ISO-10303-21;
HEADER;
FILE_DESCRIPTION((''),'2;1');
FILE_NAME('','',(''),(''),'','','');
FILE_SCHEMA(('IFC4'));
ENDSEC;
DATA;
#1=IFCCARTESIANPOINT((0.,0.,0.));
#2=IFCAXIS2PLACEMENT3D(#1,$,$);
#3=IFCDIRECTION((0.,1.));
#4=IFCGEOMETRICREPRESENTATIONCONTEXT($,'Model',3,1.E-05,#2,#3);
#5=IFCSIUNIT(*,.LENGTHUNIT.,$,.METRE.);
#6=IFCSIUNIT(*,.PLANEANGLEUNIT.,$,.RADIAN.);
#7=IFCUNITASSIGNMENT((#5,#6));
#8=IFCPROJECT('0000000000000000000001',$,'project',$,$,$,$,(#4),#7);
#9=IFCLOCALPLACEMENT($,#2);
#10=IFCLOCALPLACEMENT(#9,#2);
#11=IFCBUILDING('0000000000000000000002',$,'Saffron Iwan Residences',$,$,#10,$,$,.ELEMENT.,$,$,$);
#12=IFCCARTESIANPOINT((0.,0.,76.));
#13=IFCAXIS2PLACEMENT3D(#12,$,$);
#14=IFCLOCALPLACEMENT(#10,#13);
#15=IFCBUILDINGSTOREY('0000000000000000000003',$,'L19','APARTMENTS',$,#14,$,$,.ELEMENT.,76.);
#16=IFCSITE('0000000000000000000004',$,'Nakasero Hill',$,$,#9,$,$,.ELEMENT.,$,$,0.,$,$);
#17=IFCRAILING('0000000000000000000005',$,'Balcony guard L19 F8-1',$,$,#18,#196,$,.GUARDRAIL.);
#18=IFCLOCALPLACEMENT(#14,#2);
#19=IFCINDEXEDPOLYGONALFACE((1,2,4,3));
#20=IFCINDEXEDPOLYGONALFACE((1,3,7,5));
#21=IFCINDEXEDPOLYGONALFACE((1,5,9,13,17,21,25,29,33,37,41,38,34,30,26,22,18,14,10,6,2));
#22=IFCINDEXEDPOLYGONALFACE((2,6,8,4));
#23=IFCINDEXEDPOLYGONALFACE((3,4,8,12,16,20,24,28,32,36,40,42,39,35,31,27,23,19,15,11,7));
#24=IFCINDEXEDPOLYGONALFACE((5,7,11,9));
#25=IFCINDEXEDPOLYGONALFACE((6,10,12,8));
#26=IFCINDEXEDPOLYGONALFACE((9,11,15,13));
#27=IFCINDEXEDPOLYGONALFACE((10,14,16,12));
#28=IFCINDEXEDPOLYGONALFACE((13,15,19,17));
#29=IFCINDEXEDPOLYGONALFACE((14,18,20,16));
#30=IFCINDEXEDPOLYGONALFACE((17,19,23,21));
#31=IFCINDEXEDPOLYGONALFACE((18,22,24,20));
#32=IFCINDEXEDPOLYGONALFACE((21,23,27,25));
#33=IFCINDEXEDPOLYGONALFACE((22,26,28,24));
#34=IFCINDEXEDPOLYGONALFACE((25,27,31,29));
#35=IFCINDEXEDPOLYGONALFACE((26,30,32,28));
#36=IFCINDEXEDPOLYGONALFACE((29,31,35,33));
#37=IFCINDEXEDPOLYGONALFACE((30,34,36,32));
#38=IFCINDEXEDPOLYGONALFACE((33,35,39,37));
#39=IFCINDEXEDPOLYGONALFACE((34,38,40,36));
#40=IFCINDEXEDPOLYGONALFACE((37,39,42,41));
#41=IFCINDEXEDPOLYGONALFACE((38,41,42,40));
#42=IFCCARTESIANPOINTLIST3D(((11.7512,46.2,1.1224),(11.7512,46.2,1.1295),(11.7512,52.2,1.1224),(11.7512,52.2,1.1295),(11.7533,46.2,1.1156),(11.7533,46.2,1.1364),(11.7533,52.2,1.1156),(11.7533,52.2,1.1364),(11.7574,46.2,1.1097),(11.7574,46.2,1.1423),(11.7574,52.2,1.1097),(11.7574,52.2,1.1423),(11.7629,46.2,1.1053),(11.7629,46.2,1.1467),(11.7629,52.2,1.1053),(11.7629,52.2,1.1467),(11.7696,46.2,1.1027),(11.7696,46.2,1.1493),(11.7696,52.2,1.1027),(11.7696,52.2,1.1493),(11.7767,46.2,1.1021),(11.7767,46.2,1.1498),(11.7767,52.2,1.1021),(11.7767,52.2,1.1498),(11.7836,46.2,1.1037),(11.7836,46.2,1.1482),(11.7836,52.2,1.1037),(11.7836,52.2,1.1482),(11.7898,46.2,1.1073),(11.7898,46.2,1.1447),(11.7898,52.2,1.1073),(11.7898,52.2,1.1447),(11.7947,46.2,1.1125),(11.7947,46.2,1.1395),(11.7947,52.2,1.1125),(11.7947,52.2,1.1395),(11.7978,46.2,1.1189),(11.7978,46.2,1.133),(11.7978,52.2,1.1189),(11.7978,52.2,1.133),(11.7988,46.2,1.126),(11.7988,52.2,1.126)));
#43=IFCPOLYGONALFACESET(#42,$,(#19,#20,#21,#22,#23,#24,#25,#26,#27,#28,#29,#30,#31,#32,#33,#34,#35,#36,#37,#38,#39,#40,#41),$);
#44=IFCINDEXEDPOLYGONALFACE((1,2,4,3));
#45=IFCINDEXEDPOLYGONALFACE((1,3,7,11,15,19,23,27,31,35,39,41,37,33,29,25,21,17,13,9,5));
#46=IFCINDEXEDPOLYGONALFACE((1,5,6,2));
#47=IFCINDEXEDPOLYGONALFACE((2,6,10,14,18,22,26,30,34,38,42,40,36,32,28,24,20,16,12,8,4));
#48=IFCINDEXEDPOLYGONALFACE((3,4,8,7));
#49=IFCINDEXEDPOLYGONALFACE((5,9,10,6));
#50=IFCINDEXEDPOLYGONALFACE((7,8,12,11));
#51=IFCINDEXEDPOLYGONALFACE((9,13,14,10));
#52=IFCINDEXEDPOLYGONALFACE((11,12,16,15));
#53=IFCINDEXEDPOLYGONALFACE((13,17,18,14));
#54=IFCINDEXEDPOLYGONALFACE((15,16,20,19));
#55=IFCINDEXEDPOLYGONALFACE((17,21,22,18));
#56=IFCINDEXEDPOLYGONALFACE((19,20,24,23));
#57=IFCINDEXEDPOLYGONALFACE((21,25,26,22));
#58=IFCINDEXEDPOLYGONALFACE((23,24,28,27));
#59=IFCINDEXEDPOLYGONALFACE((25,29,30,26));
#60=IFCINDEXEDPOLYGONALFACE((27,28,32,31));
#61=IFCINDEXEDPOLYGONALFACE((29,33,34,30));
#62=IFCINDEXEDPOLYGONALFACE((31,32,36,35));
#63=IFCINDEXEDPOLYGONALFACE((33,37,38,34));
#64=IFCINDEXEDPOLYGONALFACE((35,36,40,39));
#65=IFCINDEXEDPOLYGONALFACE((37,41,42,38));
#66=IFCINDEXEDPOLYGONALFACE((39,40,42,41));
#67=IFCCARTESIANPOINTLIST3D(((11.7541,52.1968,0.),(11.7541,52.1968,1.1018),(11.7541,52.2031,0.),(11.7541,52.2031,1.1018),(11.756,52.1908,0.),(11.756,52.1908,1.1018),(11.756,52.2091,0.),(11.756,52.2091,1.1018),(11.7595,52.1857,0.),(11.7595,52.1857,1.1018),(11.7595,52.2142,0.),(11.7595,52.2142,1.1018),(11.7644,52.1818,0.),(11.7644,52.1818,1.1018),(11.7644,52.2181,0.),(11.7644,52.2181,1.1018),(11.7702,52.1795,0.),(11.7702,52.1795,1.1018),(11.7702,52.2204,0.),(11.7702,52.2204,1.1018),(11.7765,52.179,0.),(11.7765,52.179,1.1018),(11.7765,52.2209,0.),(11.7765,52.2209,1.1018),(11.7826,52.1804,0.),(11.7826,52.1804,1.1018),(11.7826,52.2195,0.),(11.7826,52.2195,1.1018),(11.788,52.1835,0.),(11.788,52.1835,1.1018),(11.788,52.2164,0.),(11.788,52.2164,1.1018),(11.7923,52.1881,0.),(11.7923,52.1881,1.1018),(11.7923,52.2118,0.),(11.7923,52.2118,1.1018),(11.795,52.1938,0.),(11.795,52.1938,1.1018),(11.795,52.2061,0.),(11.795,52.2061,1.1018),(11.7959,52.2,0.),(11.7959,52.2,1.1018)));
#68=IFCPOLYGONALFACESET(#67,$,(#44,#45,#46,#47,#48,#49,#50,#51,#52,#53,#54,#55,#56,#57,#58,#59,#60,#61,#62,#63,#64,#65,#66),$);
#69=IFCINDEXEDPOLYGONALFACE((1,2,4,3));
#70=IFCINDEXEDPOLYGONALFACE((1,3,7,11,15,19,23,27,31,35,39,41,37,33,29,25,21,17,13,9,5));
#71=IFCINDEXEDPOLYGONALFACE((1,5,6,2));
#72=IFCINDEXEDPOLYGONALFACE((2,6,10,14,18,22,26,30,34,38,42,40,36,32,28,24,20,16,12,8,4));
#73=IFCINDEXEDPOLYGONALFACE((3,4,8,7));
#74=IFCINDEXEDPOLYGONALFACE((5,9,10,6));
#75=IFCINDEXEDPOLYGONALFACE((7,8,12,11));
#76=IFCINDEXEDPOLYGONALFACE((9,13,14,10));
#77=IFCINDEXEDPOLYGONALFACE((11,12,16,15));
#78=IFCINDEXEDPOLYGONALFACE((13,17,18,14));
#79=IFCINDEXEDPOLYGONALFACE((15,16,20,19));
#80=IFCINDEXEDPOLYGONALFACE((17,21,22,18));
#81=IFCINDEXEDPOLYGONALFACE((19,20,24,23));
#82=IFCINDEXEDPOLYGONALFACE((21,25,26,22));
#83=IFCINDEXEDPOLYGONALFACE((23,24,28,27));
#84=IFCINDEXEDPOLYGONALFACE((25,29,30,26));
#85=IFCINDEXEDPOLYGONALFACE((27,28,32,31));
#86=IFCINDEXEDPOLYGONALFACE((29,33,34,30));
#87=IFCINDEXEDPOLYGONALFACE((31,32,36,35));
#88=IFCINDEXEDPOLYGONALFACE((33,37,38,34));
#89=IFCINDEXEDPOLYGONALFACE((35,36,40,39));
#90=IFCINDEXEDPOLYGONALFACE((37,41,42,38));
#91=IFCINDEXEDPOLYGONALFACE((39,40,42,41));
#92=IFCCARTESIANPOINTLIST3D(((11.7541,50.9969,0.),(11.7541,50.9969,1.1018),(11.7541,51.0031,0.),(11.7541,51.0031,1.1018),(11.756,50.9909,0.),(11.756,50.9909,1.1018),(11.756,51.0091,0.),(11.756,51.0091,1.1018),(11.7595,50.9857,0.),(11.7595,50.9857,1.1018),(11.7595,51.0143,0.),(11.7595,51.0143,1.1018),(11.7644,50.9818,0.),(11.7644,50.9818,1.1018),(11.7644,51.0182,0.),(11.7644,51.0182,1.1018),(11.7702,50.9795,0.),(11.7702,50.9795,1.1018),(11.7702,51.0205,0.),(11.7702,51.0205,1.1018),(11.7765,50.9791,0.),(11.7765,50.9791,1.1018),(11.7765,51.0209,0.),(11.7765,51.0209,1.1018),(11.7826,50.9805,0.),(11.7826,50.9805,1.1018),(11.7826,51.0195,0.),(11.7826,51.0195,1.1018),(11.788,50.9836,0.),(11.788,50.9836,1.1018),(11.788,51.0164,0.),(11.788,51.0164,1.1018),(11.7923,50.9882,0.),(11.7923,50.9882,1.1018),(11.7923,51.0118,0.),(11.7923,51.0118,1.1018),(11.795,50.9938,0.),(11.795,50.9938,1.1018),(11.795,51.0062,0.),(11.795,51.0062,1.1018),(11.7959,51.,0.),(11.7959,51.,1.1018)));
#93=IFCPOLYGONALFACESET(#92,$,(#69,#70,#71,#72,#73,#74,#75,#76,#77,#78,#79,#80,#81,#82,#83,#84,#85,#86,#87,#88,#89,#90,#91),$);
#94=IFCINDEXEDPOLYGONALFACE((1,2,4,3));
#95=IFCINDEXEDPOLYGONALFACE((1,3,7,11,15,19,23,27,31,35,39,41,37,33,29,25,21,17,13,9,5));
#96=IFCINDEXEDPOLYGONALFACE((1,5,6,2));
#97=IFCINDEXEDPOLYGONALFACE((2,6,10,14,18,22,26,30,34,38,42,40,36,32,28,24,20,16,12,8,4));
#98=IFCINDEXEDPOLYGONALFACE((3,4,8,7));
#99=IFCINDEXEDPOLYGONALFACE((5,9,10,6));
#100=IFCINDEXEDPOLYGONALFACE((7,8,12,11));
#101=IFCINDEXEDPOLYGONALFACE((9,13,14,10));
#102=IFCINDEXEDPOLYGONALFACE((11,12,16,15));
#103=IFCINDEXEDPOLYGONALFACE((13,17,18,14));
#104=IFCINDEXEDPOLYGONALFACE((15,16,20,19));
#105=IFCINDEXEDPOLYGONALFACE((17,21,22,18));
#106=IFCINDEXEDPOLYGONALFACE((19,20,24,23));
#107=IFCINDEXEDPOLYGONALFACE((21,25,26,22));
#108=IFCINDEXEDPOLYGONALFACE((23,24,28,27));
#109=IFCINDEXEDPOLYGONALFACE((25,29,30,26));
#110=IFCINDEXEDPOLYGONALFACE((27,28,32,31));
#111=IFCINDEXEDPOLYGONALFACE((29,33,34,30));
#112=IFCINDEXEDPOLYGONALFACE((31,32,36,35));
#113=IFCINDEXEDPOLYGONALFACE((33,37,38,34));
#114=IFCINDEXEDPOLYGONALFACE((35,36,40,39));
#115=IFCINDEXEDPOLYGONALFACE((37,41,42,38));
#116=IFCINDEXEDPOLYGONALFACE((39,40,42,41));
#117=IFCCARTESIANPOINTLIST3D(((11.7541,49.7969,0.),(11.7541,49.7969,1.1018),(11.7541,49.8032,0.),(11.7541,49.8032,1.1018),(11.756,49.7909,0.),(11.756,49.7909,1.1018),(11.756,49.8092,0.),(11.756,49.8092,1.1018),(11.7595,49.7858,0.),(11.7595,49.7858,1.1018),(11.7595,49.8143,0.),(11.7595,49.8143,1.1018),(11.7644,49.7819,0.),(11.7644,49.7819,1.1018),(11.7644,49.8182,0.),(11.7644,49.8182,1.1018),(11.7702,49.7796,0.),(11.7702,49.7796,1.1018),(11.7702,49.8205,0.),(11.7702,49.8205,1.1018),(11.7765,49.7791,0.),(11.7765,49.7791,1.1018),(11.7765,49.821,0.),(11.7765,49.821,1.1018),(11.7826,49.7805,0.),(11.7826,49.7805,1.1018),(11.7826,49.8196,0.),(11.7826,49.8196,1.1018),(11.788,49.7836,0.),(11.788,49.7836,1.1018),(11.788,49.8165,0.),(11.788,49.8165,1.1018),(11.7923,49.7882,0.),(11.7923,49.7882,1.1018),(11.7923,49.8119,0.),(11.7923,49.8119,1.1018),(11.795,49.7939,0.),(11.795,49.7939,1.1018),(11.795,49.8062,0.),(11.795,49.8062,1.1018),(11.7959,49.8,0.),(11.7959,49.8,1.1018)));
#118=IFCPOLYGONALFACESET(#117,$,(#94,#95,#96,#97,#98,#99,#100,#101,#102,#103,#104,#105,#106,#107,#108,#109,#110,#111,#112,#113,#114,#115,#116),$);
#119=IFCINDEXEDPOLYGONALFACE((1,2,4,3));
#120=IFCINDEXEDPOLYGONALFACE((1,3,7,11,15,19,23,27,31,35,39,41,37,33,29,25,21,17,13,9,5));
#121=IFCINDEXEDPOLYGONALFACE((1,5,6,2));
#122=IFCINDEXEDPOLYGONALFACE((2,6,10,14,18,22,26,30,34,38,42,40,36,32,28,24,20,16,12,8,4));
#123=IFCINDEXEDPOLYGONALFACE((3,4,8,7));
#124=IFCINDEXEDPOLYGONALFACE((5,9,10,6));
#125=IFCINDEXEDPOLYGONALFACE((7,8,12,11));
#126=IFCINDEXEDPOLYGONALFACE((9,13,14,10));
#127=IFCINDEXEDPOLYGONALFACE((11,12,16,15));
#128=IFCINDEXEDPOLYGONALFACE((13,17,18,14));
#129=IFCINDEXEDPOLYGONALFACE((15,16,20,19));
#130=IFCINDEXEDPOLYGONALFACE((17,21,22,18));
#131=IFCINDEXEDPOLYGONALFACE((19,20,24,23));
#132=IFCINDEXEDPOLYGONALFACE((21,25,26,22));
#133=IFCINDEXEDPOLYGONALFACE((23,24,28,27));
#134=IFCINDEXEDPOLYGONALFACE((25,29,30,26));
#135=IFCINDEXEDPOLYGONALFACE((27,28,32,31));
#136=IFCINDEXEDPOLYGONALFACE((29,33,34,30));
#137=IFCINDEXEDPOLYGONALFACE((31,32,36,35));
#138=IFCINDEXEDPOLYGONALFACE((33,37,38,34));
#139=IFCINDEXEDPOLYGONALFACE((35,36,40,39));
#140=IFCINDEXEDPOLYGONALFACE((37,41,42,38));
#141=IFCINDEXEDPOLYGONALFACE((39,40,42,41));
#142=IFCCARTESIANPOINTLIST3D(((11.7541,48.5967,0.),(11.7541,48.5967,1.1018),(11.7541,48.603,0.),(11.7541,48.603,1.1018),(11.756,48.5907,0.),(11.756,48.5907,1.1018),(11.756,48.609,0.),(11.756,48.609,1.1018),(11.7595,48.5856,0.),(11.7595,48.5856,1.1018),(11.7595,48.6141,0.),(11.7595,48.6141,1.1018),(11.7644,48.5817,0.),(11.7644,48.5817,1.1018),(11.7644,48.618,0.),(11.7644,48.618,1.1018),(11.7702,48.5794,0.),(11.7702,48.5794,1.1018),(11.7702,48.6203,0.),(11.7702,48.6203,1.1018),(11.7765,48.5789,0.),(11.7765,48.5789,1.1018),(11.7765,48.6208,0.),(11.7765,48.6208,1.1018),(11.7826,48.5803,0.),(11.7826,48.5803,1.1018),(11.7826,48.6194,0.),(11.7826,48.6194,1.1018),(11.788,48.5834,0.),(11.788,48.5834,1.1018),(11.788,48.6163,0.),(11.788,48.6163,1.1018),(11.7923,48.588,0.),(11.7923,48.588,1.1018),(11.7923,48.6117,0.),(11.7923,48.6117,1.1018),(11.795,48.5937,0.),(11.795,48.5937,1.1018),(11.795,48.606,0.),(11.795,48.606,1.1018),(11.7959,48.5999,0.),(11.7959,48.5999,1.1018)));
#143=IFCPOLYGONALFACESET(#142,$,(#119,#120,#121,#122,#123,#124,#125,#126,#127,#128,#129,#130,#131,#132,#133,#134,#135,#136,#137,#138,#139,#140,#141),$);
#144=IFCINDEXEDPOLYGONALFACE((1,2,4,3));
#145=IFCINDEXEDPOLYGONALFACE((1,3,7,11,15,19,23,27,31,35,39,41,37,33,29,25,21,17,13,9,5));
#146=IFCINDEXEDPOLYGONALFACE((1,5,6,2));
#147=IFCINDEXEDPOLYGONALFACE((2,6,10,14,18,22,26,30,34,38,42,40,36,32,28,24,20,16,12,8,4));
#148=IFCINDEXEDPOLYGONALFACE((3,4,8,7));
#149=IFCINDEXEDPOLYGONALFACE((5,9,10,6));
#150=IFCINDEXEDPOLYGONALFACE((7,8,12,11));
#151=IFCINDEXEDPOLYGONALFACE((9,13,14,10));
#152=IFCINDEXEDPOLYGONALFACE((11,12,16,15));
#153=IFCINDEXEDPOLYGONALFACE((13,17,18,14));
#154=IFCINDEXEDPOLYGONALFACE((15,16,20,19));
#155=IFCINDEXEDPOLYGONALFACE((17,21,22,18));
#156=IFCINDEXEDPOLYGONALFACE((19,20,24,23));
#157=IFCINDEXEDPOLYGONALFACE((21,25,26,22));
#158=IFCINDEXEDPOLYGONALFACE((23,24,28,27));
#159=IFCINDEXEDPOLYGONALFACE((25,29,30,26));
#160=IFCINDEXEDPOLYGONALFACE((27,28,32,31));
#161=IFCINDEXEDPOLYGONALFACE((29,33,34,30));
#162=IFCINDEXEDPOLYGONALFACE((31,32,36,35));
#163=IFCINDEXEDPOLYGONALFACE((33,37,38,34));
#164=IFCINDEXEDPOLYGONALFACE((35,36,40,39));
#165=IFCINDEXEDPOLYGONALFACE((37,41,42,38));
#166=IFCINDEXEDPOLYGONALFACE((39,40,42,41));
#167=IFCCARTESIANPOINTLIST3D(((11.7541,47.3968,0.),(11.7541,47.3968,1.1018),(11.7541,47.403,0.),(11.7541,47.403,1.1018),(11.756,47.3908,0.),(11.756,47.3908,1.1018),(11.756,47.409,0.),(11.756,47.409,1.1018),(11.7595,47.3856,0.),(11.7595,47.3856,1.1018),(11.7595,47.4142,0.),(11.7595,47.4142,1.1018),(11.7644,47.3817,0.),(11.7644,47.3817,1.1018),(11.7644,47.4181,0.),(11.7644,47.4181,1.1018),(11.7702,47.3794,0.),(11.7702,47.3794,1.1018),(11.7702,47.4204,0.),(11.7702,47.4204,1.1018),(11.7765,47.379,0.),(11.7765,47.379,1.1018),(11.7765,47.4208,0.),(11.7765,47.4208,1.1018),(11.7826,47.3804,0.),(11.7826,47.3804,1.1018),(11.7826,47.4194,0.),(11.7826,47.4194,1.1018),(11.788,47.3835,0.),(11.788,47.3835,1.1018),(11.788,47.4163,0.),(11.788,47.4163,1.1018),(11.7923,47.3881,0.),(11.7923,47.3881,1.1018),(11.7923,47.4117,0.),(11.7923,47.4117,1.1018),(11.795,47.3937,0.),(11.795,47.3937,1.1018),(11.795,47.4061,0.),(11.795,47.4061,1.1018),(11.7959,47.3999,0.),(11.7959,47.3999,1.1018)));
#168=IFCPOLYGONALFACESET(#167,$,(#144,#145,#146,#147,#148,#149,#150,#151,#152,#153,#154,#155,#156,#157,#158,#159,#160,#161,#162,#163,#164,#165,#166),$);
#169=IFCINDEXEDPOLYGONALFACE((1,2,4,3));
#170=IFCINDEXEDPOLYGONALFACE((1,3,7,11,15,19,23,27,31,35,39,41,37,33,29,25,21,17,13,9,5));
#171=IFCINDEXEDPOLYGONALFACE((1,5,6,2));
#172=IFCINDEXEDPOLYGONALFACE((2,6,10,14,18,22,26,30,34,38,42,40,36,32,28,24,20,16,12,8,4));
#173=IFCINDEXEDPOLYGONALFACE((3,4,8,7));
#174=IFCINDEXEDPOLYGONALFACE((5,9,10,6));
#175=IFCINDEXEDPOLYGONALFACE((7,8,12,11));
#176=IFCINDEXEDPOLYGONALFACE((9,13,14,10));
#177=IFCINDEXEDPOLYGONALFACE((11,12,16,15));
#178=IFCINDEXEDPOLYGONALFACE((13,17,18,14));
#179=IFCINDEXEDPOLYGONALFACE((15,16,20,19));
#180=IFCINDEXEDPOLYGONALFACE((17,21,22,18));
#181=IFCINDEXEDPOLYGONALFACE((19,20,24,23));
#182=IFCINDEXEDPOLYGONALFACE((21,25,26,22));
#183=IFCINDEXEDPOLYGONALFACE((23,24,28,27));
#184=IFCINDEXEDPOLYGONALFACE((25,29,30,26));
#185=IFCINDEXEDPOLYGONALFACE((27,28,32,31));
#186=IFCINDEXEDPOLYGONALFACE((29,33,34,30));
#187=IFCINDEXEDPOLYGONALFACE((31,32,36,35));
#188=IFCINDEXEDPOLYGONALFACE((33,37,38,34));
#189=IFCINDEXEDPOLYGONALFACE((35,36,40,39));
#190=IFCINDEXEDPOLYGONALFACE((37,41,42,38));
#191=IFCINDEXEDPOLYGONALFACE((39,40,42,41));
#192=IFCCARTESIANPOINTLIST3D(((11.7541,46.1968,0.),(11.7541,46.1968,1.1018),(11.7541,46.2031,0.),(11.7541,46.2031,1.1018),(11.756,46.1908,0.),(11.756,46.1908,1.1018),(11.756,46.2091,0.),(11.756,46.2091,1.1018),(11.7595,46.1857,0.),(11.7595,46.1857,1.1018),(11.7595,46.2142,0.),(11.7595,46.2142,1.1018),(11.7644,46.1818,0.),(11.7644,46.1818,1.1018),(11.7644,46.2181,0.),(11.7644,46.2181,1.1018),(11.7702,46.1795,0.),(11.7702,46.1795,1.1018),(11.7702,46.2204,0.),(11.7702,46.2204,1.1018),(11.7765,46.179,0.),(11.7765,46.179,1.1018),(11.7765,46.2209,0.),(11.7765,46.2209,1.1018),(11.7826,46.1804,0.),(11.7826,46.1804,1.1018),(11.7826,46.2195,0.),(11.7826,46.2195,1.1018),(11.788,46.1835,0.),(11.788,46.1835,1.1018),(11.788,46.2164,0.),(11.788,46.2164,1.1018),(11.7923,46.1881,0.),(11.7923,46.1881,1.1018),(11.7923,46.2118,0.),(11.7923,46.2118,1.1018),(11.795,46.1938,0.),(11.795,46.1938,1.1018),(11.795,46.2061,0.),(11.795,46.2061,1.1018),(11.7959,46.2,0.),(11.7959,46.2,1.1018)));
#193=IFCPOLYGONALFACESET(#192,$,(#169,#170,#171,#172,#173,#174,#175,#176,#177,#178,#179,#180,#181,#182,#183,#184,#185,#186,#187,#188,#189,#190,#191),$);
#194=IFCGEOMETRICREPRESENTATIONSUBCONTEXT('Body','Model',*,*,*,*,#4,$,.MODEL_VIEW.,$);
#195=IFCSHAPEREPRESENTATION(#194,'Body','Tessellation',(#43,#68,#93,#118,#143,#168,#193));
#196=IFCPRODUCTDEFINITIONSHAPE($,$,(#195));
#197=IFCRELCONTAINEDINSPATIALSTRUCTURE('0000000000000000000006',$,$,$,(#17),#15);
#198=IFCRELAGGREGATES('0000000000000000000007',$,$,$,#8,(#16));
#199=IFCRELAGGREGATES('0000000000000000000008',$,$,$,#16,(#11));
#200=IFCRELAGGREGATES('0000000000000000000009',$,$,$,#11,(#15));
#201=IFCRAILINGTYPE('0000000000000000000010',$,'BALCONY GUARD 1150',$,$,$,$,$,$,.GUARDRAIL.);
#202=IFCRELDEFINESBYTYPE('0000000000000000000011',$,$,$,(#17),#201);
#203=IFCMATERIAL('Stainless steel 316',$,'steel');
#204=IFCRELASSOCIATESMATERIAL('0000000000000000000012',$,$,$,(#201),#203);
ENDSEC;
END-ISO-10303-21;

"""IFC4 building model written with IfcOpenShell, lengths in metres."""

from ifc_helpers import new_model, si_unit, direction, frame, origin, origin_2d, place, context, subcontext, project, spatial, circle, extrude, material, type_object, element, save


model = new_model("IFC4")

# Units and contexts
model_context = context("Model", 3, precision=1e-05, world=origin(), true_north=direction((0.0, 1.0)))
body_context = subcontext(model_context, "Body", "Model", "MODEL_VIEW")
ifc_project = project(units=[si_unit("LENGTHUNIT", "METRE"), si_unit("PLANEANGLEUNIT", "RADIAN")], contexts=[model_context])

# Site, building, storey
site_placement = place(None, origin())
site = spatial("IfcSite", under=ifc_project, at=site_placement, Name="Nakasero Hill", CompositionType="ELEMENT", RefElevation=0.0)
building_placement = place(site_placement, origin())
building = spatial("IfcBuilding", under=site, at=building_placement, Name="Saffron Iwan Residences", CompositionType="ELEMENT")
storey_placement = place(building_placement, frame((0.0, 0.0, 76.0)))
storey = spatial("IfcBuildingStorey", under=building, at=storey_placement, Name="L19", Description="APARTMENTS", CompositionType="ELEMENT", Elevation=76.0)

# Railing
ifc_material_1 = material(Name="Stainless steel 316", Category="steel")
railing_type = type_object("IfcRailingType", Name="BALCONY GUARD 1150", PredefinedType="GUARDRAIL", material=ifc_material_1)
railing_placement = place(storey_placement, frame((11.7749, 52.2, 0.0)))
element("IfcRailing", 1, at=railing_placement, inside=storey, type_object=railing_type, Name="Balcony guard L19 F8-1", PredefinedType="GUARDRAIL", context=body_context, shape_type="SweptSolid", body=[
    extrude(circle(Radius=0.0239, at=origin_2d()), frame((0.0, 0.0, 1.126), z_axis=(0.0, -1.0, 0.0), x_axis=(1.0, 0.0, 0.0)), (0.0, 0.0, 1.0), 6.0),
    extrude(circle(Radius=0.021, at=origin_2d()), origin(), (0.0, 0.0, 1.0), 1.1018),
    extrude(circle(Radius=0.021, at=origin_2d()), frame((0.0, -1.2, 0.0)), (0.0, 0.0, 1.0), 1.1018),
    extrude(circle(Radius=0.021, at=origin_2d()), frame((0.0, -2.3999, 0.0)), (0.0, 0.0, 1.0), 1.1018),
    extrude(circle(Radius=0.021, at=origin_2d()), frame((0.0, -3.6001, 0.0)), (0.0, 0.0, 1.0), 1.1018),
    extrude(circle(Radius=0.021, at=origin_2d()), frame((0.0, -4.8, 0.0)), (0.0, 0.0, 1.0), 1.1018),
    extrude(circle(Radius=0.021, at=origin_2d()), frame((0.0, -6.0, 0.0)), (0.0, 0.0, 1.0), 1.1018),
])

save(model, "model.ifc")
